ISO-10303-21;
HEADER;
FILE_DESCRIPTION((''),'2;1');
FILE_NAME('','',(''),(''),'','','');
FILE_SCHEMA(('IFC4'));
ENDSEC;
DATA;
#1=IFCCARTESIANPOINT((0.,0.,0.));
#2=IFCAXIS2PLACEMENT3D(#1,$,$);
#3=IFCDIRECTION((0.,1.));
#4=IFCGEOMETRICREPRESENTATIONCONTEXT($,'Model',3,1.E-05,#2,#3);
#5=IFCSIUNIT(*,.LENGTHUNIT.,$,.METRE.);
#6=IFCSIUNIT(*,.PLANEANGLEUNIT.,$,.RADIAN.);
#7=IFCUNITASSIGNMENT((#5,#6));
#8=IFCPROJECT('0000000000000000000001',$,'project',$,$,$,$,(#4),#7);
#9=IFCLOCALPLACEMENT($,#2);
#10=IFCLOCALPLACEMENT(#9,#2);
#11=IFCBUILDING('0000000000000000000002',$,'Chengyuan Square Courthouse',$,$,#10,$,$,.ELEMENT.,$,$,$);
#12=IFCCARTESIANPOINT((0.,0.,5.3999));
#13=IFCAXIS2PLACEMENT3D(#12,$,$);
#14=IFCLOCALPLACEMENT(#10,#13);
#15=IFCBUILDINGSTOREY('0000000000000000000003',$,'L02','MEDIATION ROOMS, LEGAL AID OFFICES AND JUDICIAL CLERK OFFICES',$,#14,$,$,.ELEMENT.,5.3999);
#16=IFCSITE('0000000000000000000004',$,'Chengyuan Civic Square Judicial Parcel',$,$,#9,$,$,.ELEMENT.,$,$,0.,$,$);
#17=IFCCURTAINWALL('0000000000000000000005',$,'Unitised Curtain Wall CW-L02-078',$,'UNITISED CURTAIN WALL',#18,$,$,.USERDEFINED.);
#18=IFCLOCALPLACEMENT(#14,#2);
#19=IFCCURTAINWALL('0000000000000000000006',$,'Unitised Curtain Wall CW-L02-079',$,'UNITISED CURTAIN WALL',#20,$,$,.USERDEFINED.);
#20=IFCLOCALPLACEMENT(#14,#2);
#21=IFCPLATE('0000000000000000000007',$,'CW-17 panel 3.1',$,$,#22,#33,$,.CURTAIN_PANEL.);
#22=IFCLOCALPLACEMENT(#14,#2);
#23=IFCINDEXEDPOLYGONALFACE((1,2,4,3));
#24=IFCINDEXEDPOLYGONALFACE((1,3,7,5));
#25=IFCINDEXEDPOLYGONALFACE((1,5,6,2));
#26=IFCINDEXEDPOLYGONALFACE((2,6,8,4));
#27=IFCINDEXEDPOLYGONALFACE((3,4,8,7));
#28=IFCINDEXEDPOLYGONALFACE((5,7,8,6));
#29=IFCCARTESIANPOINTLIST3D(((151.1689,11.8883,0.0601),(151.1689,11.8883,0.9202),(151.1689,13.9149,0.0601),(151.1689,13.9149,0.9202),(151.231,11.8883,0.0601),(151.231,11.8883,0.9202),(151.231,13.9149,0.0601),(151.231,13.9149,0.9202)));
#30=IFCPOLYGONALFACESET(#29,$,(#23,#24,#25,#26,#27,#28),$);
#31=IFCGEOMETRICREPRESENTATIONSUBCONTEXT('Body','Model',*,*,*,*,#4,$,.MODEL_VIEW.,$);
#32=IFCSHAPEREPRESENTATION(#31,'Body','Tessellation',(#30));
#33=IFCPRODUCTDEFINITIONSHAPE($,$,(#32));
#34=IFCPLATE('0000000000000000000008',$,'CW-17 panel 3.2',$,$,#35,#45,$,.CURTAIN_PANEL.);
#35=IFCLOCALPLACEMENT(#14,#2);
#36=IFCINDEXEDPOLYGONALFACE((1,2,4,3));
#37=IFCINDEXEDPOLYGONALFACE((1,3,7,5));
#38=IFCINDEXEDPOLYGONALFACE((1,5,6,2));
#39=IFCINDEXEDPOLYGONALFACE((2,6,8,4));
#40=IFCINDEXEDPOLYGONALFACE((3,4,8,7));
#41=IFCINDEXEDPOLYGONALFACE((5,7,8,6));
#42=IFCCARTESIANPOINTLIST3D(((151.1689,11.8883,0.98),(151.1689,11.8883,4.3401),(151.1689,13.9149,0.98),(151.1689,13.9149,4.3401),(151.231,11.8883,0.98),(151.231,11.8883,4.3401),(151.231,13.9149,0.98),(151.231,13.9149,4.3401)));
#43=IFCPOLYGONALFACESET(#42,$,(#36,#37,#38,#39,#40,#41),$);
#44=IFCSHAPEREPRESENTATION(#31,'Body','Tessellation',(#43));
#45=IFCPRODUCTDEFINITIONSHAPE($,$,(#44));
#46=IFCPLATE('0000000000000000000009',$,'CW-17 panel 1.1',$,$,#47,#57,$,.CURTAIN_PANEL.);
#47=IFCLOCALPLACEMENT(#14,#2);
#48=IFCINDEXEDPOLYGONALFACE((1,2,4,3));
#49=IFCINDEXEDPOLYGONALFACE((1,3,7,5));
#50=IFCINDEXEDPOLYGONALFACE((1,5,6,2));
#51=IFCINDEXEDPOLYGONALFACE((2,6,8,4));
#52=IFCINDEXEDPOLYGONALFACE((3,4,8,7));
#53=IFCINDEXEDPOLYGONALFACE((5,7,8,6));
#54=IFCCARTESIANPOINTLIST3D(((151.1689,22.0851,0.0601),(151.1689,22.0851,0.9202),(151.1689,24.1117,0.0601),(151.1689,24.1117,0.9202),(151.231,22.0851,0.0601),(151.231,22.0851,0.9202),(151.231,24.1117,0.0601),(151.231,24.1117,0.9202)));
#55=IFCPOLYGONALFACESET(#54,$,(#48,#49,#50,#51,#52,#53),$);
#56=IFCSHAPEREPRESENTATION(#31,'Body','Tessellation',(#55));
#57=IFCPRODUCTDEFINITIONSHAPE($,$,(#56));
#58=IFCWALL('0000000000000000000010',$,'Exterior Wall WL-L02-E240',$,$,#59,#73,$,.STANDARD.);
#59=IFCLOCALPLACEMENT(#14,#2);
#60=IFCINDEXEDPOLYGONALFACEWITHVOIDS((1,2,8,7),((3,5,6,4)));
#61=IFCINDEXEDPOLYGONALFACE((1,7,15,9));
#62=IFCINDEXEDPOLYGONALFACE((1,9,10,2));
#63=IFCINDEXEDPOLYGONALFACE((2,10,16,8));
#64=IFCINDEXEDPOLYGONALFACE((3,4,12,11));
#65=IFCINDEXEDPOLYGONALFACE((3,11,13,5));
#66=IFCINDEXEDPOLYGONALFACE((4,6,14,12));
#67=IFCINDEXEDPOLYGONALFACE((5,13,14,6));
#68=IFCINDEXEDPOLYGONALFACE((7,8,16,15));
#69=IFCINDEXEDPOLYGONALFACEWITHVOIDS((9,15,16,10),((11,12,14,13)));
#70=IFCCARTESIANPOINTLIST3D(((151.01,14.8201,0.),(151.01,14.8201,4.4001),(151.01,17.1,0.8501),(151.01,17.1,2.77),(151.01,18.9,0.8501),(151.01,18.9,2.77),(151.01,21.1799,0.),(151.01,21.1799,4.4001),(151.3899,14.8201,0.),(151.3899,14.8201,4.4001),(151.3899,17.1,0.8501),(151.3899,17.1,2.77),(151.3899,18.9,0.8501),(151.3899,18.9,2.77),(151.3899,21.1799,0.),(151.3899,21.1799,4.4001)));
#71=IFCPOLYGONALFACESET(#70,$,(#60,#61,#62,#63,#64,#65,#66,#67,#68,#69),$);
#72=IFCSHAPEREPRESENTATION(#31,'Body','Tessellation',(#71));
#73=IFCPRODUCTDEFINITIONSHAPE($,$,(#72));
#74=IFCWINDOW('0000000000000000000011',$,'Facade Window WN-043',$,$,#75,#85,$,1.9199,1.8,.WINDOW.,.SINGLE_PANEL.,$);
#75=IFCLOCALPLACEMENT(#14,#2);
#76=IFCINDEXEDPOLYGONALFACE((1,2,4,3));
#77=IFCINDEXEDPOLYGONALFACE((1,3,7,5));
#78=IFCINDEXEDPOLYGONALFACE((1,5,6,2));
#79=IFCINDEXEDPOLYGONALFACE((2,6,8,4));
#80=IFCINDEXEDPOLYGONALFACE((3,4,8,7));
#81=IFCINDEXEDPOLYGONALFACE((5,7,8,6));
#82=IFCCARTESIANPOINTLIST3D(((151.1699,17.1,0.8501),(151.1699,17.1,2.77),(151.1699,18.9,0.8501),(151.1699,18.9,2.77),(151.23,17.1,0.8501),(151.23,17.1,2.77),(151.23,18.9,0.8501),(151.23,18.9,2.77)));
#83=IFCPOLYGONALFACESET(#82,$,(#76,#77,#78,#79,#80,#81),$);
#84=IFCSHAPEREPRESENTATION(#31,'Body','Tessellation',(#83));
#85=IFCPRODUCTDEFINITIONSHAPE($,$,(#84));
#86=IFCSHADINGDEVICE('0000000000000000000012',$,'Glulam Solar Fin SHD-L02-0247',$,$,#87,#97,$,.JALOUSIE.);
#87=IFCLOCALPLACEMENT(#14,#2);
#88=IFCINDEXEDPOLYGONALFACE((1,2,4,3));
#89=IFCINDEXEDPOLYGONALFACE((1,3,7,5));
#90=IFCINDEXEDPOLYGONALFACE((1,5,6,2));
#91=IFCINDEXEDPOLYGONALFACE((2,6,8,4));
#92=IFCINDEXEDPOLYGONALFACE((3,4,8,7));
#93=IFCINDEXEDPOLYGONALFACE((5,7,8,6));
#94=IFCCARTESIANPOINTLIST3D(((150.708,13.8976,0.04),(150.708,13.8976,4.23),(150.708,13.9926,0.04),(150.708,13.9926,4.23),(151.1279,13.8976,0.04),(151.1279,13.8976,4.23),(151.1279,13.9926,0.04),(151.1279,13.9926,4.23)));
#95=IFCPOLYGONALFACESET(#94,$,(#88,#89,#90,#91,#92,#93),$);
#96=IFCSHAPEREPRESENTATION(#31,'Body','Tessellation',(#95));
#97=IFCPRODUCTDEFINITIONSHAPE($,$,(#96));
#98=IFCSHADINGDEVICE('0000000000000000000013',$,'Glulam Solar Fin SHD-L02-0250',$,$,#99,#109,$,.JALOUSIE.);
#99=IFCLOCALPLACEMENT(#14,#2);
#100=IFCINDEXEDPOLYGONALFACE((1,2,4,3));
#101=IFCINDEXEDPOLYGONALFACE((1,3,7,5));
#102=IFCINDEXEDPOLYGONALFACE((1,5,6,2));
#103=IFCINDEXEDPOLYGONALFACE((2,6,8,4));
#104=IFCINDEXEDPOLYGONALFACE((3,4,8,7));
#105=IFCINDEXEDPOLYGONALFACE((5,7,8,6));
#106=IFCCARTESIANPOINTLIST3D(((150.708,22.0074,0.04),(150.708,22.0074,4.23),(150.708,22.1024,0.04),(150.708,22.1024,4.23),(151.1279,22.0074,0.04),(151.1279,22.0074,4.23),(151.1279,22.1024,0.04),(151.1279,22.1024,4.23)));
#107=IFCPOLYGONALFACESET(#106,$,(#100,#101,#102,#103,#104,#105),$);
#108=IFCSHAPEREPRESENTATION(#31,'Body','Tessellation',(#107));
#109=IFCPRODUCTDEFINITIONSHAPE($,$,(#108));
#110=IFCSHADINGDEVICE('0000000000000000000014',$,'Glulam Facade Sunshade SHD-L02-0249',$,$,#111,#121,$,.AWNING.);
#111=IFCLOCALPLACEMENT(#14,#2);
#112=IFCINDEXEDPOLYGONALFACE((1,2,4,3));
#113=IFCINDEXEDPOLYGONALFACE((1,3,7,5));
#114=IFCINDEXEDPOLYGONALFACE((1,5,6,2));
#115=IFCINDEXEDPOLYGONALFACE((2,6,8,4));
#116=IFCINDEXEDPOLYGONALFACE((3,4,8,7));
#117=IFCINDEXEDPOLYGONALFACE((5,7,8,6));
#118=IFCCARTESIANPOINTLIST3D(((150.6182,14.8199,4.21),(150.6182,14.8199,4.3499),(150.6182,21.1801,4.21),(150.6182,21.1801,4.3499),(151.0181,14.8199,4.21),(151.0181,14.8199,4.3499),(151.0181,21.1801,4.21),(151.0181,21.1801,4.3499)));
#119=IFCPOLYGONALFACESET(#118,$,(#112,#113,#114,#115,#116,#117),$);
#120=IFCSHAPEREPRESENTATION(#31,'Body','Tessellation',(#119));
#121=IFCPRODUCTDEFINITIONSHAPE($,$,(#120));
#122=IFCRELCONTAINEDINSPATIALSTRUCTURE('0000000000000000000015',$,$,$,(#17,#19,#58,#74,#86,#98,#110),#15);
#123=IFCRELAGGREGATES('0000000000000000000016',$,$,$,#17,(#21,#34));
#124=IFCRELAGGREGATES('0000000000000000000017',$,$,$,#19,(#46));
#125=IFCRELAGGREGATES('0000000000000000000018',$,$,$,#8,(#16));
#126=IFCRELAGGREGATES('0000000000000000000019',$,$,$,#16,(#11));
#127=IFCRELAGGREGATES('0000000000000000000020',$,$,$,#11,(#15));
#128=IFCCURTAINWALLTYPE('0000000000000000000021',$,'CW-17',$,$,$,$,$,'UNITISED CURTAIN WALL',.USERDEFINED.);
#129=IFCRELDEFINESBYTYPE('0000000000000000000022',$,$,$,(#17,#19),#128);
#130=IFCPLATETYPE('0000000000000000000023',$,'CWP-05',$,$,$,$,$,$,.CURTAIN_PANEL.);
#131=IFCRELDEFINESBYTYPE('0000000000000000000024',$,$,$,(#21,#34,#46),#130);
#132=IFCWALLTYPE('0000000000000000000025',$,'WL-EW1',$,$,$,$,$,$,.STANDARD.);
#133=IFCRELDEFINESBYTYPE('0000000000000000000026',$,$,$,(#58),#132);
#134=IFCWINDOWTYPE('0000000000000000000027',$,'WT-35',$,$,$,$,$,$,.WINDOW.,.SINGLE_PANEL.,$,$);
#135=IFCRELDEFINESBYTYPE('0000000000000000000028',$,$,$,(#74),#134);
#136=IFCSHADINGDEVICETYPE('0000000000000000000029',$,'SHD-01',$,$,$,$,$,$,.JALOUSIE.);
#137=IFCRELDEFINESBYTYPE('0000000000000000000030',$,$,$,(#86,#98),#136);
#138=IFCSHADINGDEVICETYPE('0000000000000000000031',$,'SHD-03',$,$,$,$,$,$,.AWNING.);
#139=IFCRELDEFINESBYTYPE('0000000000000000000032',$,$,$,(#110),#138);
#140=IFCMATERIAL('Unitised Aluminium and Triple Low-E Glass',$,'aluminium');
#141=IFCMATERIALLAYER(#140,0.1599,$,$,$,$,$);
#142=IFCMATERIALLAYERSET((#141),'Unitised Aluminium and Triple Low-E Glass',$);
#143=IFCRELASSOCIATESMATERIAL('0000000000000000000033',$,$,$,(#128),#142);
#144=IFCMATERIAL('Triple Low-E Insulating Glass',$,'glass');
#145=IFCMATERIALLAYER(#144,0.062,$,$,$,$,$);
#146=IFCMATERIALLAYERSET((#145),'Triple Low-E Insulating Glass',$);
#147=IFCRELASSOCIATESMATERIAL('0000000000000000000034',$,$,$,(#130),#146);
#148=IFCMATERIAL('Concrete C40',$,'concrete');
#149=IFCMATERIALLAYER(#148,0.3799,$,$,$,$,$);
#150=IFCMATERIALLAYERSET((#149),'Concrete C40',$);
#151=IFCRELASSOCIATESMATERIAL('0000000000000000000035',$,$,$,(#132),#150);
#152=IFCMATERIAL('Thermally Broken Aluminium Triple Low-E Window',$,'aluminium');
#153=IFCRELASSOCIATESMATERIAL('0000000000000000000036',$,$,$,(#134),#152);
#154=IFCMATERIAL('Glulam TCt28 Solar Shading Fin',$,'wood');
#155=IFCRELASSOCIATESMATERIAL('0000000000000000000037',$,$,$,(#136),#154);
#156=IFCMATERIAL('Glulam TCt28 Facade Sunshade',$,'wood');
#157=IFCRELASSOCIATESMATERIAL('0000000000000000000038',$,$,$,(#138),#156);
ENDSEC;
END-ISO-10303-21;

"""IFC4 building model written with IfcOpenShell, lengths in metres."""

from ifc_helpers import new_model, si_unit, direction, frame, frame_2d, origin, origin_2d, place, context, subcontext, project, spatial, rectangle, extrude, material, layer, layer_set, type_object, element, fill, aggregate, save


model = new_model("IFC4")

# Units and contexts
model_context = context("Model", 3, precision=1e-05, world=origin(), true_north=direction((0.0, 1.0)))
body_context = subcontext(model_context, "Body", "Model", "MODEL_VIEW")
ifc_project = project(units=[si_unit("LENGTHUNIT", "METRE"), si_unit("PLANEANGLEUNIT", "RADIAN")], contexts=[model_context])

# Site, building, storey
site_placement = place(None, origin())
site = spatial("IfcSite", under=ifc_project, at=site_placement, Name="Chengyuan Civic Square Judicial Parcel", CompositionType="ELEMENT", RefElevation=0.0)
building_placement = place(site_placement, origin())
building = spatial("IfcBuilding", under=site, at=building_placement, Name="Chengyuan Square Courthouse", CompositionType="ELEMENT")
storey_placement = place(building_placement, frame((0.0, 0.0, 5.3999)))
storey = spatial("IfcBuildingStorey", under=building, at=storey_placement, Name="L02", Description="MEDIATION ROOMS, LEGAL AID OFFICES AND JUDICIAL CLERK OFFICES", CompositionType="ELEMENT", Elevation=5.3999)

# Shared definitions
ifc_material_1 = material(Name="Concrete C40", Category="concrete")

# Curtain wall
ifc_material_2 = material(Name="Unitised Aluminium and Triple Low-E Glass", Category="aluminium")
ifc_layer_1 = layer(ifc_material_2, 0.1599)
ifc_layer_set_1 = layer_set([ifc_layer_1], Name="Unitised Aluminium and Triple Low-E Glass")
curtain_wall_type = type_object("IfcCurtainWallType", Name="CW-17", ElementType="UNITISED CURTAIN WALL", PredefinedType="USERDEFINED", material=ifc_layer_set_1)
curtain_wall_1_placement = place(storey_placement, origin())
curtain_wall_1 = element("IfcCurtainWall", 1, at=curtain_wall_1_placement, inside=storey, type_object=curtain_wall_type, Name="Unitised Curtain Wall CW-L02-078", ObjectType="UNITISED CURTAIN WALL", PredefinedType="USERDEFINED")

# Curtain wall
curtain_wall_2_placement = place(storey_placement, origin())
curtain_wall_2 = element("IfcCurtainWall", 2, at=curtain_wall_2_placement, inside=storey, type_object=curtain_wall_type, Name="Unitised Curtain Wall CW-L02-079", ObjectType="UNITISED CURTAIN WALL", PredefinedType="USERDEFINED")

# Plates
ifc_material_3 = material(Name="Triple Low-E Insulating Glass", Category="glass")
ifc_layer_2 = layer(ifc_material_3, 0.062)
ifc_layer_set_2 = layer_set([ifc_layer_2], Name="Triple Low-E Insulating Glass")
plate_type = type_object("IfcPlateType", Name="CWP-05", PredefinedType="CURTAIN_PANEL", material=ifc_layer_set_2)
plate_1_placement = place(storey_placement, frame((151.2, 12.9016, 0.0601), z_axis=(0.0, 0.0, 1.0), x_axis=(0.0, 1.0, 0.0)))
plate_1 = element("IfcPlate", 3, at=plate_1_placement, type_object=plate_type, Name="CW-17 panel 3.1", PredefinedType="CURTAIN_PANEL", context=body_context, shape_type="SweptSolid", body=[
    extrude(rectangle(XDim=2.0266, YDim=0.062, at=origin_2d()), origin(), (0.0, 0.0, 1.0), 0.8601),
])
plate_2_placement = place(storey_placement, frame((151.2, 12.9016, 0.98), z_axis=(0.0, 0.0, 1.0), x_axis=(0.0, 1.0, 0.0)))
plate_2 = element("IfcPlate", 4, at=plate_2_placement, type_object=plate_type, Name="CW-17 panel 3.2", PredefinedType="CURTAIN_PANEL", context=body_context, shape_type="SweptSolid", body=[
    extrude(rectangle(XDim=2.0266, YDim=0.062, at=origin_2d()), origin(), (0.0, 0.0, 1.0), 3.3601),
])
aggregate(curtain_wall_1, [plate_1, plate_2])
plate_3_placement = place(storey_placement, frame((151.2, 23.0984, 0.0601), z_axis=(0.0, 0.0, 1.0), x_axis=(0.0, 1.0, 0.0)))
plate_3 = element("IfcPlate", 5, at=plate_3_placement, type_object=plate_type, Name="CW-17 panel 1.1", PredefinedType="CURTAIN_PANEL", context=body_context, shape_type="SweptSolid", body=[
    extrude(rectangle(XDim=2.0266, YDim=0.062, at=origin_2d()), origin(), (0.0, 0.0, 1.0), 0.8601),
])
aggregate(curtain_wall_2, [plate_3])

# Wall, opening, window
ifc_layer_3 = layer(ifc_material_1, 0.3799)
ifc_layer_set_3 = layer_set([ifc_layer_3], Name="Concrete C40")
wall_type = type_object("IfcWallType", Name="WL-EW1", PredefinedType="STANDARD", material=ifc_layer_set_3)
wall_placement = place(storey_placement, frame((151.2, 14.8201, 0.0), z_axis=(0.0, 0.0, 1.0), x_axis=(0.0, 1.0, 0.0)))
wall = element("IfcWall", 6, at=wall_placement, inside=storey, type_object=wall_type, Name="Exterior Wall WL-L02-E240", PredefinedType="STANDARD", context=body_context, shape_type="SweptSolid", body=[
    extrude(rectangle(XDim=6.3599, YDim=0.3799, at=frame_2d((3.1799, 0.0))), origin(), (0.0, 0.0, 1.0), 4.4001),
])
opening_placement = place(wall_placement, frame((2.28, 0.0, 0.8501)))
opening = element("IfcOpeningElement", 7, at=opening_placement, cuts=wall, PredefinedType="OPENING", context=body_context, shape_type="SweptSolid", body=[
    extrude(rectangle(XDim=1.8, YDim=1.9199, at=frame_2d((0.8999, 0.96))), frame((0.0, 0.2019, 0.0), z_axis=(0.0, -1.0, 0.0), x_axis=(1.0, 0.0, 0.0)), (0.0, 0.0, 1.0), 0.4038),
])
ifc_material_4 = material(Name="Thermally Broken Aluminium Triple Low-E Window", Category="aluminium")
window_type = type_object("IfcWindowType", Name="WT-35", PartitioningType="SINGLE_PANEL", PredefinedType="WINDOW", material=ifc_material_4)
window_placement = place(opening_placement, origin())
window = element("IfcWindow", 8, at=window_placement, inside=storey, type_object=window_type, Name="Facade Window WN-043", OverallHeight=1.9199, OverallWidth=1.8, PartitioningType="SINGLE_PANEL", PredefinedType="WINDOW", context=body_context, shape_type="SweptSolid", body=[
    extrude(rectangle(XDim=1.8, YDim=1.9199, at=frame_2d((0.8999, 0.96))), frame((0.0, 0.03, 0.0), z_axis=(0.0, -1.0, 0.0), x_axis=(1.0, 0.0, 0.0)), (0.0, 0.0, 1.0), 0.0601),
])
fill(opening, window)

# Shading devices
ifc_material_5 = material(Name="Glulam TCt28 Solar Shading Fin", Category="wood")
shading_device_type_1 = type_object("IfcShadingDeviceType", Name="SHD-01", PredefinedType="JALOUSIE", material=ifc_material_5)
for number, where, z_axis, x_axis, name in (
    (9, (150.918, 13.9451, 0.04), (0.0, 0.0, 1.0), (1.0, 0.0, 0.0), "Glulam Solar Fin SHD-L02-0247"),
    (10, (150.918, 22.0549, 0.04), (0.0, 0.0, 1.0), (1.0, 0.0, 0.0), "Glulam Solar Fin SHD-L02-0250"),
):
    element("IfcShadingDevice", number, at=place(storey_placement, frame(where, z_axis=z_axis, x_axis=x_axis)), inside=storey, type_object=shading_device_type_1, Name=name, PredefinedType="JALOUSIE", context=body_context, shape_type="SweptSolid", body=[
        extrude(rectangle(XDim=0.4199, YDim=0.095, at=origin_2d()), origin(), (0.0, 0.0, 1.0), 4.1899),
    ])
ifc_material_6 = material(Name="Glulam TCt28 Facade Sunshade", Category="wood")
shading_device_type_2 = type_object("IfcShadingDeviceType", Name="SHD-03", PredefinedType="AWNING", material=ifc_material_6)
shading_device_placement = place(storey_placement, frame((150.8181, 18.0, 4.21), z_axis=(0.0, 0.0, 1.0), x_axis=(0.0, 1.0, 0.0)))
element("IfcShadingDevice", 11, at=shading_device_placement, inside=storey, type_object=shading_device_type_2, Name="Glulam Facade Sunshade SHD-L02-0249", PredefinedType="AWNING", context=body_context, shape_type="SweptSolid", body=[
    extrude(rectangle(XDim=6.3601, YDim=0.3999, at=origin_2d()), origin(), (0.0, 0.0, 1.0), 0.1399),
])

save(model, "model.ifc")
